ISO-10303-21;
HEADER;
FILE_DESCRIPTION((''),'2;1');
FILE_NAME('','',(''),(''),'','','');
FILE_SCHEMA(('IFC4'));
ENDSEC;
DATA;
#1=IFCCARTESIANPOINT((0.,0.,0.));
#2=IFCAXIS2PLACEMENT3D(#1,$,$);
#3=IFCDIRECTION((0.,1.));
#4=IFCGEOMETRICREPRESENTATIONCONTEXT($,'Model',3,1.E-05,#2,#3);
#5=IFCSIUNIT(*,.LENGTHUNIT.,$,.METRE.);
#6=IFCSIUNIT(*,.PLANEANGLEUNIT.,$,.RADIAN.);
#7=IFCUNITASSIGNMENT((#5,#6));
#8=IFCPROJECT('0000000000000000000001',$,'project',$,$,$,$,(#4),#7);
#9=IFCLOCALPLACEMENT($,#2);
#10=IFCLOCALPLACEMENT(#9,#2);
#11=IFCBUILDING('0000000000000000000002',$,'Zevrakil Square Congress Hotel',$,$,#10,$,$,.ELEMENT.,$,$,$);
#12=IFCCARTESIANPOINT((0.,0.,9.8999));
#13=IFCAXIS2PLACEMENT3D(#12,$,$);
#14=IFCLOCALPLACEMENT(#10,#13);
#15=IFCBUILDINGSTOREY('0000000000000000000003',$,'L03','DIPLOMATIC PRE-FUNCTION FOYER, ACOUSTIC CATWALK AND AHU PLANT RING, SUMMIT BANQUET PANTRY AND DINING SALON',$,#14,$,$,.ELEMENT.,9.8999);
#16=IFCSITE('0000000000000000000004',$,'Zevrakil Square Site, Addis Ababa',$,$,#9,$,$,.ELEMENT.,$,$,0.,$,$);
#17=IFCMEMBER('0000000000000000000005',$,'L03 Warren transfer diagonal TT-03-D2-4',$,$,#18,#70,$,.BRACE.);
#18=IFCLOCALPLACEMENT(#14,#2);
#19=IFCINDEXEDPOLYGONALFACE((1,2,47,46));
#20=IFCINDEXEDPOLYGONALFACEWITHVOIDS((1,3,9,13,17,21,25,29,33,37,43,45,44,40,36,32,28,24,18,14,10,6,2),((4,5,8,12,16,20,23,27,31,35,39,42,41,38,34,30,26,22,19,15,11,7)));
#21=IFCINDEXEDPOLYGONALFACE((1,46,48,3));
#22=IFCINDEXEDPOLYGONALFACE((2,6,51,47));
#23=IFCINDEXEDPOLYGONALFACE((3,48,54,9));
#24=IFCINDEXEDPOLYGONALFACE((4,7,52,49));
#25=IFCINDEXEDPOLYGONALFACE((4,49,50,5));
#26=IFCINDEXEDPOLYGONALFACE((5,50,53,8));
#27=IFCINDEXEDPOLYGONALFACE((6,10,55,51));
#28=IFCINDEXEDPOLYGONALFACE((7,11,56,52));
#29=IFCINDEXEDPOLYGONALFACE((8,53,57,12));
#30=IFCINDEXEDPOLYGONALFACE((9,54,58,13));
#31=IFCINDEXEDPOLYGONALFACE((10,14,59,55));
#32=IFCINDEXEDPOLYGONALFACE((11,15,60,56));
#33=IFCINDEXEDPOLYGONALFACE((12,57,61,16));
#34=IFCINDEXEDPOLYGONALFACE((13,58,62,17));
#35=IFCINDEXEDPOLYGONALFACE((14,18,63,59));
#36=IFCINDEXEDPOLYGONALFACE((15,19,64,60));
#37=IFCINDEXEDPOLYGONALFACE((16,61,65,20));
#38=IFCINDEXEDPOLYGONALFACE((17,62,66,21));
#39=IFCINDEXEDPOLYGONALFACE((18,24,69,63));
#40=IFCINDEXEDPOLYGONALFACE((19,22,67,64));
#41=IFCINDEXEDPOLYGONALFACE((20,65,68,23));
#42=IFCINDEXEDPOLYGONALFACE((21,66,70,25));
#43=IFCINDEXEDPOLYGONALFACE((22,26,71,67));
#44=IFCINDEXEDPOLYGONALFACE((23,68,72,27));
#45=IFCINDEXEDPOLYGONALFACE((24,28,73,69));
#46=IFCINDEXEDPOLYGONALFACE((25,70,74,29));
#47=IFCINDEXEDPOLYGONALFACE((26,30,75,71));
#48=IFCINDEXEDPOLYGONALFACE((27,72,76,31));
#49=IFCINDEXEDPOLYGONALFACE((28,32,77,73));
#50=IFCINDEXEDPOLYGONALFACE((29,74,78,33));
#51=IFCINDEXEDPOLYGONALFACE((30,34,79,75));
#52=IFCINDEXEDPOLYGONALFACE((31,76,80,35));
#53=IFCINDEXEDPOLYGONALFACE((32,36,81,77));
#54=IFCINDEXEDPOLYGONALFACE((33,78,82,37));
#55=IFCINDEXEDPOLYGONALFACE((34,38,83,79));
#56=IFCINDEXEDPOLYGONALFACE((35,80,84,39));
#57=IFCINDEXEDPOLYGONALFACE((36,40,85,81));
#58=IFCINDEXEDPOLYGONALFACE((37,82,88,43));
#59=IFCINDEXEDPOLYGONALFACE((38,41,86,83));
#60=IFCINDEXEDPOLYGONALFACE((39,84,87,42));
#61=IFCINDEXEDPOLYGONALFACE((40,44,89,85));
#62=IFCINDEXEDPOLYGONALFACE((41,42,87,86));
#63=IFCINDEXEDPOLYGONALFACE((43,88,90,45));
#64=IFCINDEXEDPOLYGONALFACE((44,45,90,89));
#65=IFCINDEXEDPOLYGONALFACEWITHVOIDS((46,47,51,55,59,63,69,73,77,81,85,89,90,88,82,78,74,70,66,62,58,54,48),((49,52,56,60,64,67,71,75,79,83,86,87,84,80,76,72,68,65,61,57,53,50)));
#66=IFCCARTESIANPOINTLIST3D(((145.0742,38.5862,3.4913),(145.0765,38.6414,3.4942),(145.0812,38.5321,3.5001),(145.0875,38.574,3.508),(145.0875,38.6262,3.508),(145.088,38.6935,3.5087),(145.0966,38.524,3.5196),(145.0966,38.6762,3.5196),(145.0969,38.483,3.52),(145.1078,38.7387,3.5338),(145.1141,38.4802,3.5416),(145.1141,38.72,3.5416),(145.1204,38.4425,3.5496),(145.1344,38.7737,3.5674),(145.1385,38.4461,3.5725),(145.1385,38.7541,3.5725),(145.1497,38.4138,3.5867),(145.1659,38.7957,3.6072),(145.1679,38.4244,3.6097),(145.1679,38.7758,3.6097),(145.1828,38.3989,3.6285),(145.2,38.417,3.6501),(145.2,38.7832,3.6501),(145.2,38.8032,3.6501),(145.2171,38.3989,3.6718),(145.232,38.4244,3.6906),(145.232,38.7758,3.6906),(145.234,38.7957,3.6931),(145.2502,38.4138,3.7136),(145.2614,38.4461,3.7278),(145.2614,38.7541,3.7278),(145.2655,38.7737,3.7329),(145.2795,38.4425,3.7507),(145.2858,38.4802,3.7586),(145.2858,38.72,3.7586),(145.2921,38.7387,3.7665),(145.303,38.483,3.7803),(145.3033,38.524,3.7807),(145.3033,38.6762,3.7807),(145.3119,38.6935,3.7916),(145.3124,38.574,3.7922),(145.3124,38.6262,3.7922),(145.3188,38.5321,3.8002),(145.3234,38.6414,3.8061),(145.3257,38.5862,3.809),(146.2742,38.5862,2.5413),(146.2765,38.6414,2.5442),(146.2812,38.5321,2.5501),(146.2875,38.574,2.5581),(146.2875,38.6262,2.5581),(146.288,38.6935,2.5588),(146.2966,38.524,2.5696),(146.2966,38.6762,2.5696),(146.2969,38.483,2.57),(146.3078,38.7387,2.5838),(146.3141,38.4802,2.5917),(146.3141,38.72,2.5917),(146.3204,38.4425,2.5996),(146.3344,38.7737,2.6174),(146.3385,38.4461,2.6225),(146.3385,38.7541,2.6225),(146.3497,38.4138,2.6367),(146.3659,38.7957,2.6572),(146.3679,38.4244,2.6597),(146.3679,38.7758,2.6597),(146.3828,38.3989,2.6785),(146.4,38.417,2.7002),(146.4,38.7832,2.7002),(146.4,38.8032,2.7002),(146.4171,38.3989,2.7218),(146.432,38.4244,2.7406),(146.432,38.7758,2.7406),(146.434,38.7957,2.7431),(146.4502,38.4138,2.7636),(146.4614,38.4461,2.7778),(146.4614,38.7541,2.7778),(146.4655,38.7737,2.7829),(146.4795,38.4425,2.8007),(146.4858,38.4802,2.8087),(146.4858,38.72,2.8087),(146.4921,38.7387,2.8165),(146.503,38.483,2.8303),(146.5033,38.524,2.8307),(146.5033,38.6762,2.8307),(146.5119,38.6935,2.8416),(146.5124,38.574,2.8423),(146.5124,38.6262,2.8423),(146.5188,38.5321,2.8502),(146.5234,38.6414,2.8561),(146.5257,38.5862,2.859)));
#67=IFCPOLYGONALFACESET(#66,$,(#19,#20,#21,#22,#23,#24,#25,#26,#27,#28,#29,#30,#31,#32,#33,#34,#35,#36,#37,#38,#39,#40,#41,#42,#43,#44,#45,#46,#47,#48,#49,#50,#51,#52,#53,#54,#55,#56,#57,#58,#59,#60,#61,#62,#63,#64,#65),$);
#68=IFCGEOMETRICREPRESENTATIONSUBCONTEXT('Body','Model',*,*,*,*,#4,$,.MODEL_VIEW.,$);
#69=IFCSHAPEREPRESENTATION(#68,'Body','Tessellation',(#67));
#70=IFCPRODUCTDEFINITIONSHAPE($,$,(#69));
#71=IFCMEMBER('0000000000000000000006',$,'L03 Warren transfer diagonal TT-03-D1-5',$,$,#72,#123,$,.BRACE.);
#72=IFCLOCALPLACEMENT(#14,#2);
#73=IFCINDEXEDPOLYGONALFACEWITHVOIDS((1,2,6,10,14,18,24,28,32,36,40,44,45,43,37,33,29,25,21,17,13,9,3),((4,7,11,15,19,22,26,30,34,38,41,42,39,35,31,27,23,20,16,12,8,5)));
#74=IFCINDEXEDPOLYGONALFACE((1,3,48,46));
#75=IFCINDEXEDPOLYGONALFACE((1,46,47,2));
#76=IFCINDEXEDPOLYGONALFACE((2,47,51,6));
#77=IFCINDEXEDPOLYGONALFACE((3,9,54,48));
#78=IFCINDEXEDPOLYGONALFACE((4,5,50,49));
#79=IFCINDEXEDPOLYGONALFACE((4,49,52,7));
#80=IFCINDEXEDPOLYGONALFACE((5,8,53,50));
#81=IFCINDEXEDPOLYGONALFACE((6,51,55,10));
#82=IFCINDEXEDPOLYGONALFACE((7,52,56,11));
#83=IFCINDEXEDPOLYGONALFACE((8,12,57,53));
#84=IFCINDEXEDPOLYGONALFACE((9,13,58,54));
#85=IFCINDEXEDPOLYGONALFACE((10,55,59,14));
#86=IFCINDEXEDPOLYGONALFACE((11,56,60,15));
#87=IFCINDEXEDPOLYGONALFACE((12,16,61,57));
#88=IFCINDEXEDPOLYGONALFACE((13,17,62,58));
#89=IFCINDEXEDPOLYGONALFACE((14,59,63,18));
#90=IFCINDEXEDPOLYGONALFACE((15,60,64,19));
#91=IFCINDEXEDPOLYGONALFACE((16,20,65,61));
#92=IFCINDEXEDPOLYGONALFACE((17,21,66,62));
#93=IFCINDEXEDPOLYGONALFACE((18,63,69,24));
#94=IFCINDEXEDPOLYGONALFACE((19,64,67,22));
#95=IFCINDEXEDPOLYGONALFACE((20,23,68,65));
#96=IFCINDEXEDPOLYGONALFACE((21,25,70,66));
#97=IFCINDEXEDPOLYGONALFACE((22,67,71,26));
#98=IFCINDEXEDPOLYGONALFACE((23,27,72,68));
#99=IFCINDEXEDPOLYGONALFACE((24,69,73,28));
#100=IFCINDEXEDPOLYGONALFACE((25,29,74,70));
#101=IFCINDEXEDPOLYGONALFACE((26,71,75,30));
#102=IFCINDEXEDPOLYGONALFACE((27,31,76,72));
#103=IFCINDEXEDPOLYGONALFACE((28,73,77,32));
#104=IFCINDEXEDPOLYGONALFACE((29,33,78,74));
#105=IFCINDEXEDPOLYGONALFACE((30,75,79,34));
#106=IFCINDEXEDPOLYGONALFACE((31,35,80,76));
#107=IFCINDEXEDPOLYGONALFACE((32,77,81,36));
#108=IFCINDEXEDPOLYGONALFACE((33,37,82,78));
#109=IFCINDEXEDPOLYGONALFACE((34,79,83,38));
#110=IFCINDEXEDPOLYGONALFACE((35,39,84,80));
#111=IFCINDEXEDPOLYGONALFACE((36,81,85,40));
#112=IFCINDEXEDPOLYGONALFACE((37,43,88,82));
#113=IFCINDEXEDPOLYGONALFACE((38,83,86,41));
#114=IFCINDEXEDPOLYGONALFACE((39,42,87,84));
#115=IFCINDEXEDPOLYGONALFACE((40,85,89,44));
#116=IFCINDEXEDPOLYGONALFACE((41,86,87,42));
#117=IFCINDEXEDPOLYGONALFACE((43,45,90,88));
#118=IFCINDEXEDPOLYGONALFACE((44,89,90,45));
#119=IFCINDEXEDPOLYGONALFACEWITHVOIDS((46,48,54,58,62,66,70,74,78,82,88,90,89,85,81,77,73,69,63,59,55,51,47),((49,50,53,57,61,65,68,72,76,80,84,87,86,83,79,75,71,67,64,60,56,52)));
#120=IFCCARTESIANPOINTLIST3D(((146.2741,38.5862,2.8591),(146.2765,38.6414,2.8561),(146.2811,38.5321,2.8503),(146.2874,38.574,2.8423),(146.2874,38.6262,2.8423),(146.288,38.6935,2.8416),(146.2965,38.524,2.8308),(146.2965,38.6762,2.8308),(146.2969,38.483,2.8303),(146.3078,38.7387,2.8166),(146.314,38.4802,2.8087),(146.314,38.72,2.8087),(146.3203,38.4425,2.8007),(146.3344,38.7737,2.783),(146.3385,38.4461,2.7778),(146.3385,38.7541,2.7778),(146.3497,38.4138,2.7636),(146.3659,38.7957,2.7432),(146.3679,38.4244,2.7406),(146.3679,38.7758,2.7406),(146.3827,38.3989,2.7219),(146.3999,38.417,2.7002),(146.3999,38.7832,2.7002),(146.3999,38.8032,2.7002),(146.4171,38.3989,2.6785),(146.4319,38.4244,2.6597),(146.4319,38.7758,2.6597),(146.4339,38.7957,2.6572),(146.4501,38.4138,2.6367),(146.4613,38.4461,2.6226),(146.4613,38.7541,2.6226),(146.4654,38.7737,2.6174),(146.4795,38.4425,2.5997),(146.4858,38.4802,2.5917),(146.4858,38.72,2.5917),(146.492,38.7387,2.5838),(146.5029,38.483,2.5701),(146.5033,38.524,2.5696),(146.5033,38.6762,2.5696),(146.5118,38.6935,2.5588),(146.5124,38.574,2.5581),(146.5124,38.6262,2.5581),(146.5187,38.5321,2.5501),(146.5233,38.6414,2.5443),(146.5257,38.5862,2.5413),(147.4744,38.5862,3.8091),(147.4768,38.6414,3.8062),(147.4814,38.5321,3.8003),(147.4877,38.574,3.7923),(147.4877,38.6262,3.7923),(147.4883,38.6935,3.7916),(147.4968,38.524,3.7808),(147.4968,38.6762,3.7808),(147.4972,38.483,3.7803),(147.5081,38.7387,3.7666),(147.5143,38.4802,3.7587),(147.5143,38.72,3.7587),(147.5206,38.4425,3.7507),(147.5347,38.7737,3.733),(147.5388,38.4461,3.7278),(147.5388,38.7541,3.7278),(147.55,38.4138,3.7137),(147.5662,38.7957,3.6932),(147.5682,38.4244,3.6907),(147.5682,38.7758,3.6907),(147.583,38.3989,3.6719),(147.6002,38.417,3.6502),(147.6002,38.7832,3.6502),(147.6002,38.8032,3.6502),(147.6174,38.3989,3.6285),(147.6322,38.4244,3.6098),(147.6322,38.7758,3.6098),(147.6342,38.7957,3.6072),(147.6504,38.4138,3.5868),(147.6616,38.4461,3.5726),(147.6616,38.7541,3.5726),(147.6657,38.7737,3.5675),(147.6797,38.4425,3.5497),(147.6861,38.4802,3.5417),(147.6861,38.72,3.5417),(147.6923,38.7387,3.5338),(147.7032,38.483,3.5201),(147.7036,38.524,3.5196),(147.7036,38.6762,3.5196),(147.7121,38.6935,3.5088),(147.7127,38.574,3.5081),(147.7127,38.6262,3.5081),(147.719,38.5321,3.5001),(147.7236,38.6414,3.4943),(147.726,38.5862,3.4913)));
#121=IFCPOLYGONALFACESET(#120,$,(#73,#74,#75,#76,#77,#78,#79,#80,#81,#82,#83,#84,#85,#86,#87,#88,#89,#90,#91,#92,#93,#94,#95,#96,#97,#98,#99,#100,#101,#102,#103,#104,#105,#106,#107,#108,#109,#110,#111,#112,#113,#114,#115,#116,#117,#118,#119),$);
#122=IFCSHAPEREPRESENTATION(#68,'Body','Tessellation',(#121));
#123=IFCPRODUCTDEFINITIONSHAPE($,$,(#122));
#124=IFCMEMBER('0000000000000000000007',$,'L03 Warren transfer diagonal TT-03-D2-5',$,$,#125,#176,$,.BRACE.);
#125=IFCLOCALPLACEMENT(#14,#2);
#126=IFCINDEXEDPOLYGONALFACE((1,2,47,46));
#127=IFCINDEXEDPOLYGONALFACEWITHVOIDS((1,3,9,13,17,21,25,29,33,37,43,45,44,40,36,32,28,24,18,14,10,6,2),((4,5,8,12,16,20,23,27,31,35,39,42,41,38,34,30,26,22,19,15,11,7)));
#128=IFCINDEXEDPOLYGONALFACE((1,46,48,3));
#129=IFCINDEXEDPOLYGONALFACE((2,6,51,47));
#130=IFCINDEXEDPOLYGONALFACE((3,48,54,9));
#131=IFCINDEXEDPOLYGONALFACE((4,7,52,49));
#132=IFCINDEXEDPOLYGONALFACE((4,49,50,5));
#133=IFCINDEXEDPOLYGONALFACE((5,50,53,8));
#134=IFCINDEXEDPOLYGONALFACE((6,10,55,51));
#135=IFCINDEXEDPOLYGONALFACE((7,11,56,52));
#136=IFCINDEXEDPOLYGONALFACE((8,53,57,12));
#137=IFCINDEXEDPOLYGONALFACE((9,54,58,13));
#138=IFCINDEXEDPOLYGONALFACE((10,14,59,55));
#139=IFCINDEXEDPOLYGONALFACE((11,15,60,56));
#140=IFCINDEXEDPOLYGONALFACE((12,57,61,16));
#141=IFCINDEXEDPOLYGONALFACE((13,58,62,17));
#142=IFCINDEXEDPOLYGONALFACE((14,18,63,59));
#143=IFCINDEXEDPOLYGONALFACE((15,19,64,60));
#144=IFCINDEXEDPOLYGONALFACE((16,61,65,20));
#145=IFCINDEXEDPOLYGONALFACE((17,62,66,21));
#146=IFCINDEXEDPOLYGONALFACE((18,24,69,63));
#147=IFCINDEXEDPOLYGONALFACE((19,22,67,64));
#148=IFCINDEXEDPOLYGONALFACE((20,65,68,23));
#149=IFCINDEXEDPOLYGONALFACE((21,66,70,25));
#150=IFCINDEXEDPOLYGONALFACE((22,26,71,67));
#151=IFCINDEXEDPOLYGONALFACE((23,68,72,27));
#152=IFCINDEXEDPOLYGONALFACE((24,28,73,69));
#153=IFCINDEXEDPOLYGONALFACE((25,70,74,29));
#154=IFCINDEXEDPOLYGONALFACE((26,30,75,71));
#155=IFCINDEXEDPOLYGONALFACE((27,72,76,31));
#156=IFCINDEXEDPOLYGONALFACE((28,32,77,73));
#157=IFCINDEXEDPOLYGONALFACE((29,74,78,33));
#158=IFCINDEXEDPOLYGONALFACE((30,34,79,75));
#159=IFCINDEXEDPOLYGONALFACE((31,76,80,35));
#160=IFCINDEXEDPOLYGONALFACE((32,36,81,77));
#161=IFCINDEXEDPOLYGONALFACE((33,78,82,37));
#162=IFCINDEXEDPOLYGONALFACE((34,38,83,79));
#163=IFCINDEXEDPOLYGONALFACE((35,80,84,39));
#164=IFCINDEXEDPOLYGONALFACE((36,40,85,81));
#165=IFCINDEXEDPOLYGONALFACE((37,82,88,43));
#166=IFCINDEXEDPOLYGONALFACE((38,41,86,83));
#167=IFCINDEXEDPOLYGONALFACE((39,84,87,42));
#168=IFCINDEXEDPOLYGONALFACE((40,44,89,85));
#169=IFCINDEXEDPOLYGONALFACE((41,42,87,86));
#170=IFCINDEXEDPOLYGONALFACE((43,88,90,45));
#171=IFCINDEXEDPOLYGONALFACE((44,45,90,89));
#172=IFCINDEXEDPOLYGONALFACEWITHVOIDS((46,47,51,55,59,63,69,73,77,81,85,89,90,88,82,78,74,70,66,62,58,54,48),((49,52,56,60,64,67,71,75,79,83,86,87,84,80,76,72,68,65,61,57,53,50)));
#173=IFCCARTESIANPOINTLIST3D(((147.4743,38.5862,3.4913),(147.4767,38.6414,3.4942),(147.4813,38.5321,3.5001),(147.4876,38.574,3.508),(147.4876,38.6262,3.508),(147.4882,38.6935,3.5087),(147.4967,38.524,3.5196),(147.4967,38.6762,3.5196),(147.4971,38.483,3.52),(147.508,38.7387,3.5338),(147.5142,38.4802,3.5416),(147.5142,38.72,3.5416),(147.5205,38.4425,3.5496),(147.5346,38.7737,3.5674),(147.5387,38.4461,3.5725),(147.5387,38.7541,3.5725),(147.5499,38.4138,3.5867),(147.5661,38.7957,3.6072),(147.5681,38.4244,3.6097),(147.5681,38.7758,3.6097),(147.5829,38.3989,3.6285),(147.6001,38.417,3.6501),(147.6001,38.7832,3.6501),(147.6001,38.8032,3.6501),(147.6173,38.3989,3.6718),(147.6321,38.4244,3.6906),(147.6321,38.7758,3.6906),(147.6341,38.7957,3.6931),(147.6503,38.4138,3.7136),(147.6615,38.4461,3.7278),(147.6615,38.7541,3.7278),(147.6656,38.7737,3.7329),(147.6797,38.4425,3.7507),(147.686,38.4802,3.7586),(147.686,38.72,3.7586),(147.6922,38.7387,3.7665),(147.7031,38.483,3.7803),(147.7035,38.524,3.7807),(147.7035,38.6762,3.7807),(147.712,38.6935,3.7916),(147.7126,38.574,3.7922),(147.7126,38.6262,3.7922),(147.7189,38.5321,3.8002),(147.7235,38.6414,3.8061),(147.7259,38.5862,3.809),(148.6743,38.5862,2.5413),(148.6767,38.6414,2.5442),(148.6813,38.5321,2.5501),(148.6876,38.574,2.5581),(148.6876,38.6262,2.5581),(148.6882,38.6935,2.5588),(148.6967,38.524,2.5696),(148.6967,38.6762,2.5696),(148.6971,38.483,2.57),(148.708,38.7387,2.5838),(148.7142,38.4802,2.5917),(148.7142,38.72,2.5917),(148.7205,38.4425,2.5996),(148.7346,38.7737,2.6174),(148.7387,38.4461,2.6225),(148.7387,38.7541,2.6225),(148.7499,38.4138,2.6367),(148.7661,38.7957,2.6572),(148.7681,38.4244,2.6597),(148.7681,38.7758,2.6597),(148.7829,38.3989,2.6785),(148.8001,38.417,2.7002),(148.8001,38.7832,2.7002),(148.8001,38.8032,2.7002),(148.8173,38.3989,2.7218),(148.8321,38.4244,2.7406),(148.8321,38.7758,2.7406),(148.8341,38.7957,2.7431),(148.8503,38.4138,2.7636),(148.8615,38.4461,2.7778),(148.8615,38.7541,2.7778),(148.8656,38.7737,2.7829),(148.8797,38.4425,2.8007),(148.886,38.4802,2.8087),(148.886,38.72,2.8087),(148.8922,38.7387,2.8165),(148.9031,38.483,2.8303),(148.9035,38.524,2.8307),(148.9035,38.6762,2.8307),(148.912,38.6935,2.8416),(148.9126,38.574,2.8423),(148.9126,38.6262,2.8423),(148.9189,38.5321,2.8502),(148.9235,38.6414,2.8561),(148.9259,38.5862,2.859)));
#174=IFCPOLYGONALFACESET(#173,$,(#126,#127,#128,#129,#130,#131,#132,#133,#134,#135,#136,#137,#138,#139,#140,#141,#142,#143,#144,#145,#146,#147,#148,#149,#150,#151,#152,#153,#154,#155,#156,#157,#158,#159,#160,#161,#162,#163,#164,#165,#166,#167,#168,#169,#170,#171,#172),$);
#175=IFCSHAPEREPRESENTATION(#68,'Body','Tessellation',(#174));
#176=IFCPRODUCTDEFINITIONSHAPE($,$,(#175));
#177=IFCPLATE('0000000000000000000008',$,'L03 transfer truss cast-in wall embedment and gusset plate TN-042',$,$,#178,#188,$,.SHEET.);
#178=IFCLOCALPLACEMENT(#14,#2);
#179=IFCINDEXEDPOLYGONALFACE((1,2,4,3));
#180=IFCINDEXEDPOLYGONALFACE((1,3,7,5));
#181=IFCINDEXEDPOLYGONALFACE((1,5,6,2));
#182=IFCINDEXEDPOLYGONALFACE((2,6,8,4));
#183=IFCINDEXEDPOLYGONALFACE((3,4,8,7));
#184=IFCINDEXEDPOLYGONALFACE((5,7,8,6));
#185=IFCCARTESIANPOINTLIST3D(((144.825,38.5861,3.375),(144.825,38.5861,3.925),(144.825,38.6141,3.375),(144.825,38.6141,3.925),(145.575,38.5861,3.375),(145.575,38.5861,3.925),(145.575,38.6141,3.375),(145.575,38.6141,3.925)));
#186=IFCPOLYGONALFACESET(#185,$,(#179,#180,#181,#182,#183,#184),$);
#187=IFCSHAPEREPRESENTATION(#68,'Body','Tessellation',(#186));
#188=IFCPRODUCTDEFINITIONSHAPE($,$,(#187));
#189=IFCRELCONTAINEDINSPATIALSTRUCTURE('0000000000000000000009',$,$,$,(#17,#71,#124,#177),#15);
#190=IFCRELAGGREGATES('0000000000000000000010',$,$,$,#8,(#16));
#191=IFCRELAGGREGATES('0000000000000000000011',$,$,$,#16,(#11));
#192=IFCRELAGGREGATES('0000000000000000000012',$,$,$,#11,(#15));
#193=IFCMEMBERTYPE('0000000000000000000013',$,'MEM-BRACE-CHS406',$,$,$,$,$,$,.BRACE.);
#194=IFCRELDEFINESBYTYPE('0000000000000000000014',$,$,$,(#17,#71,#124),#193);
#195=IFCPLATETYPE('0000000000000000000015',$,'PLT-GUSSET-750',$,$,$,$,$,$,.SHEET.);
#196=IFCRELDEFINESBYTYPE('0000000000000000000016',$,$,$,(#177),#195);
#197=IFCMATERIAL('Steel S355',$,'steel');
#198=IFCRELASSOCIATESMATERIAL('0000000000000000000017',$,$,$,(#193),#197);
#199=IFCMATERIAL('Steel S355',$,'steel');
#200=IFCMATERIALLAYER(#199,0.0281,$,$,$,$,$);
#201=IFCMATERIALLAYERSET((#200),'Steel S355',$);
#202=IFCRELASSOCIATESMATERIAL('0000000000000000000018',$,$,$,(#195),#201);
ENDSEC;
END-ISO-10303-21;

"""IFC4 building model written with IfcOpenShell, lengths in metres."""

from ifc_helpers import new_model, si_unit, direction, frame, origin, origin_2d, place, context, subcontext, project, spatial, rectangle, hollow_circle, extrude, material, layer, layer_set, material_profile, profile_set, type_object, element, save


model = new_model("IFC4")

# Units and contexts
model_context = context("Model", 3, precision=1e-05, world=origin(), true_north=direction((0.0, 1.0)))
body_context = subcontext(model_context, "Body", "Model", "MODEL_VIEW")
ifc_project = project(units=[si_unit("LENGTHUNIT", "METRE"), si_unit("PLANEANGLEUNIT", "RADIAN")], contexts=[model_context])

# Site, building, storey
site_placement = place(None, origin())
site = spatial("IfcSite", under=ifc_project, at=site_placement, Name="Zevrakil Square Site, Addis Ababa", CompositionType="ELEMENT", RefElevation=0.0)
building_placement = place(site_placement, origin())
building = spatial("IfcBuilding", under=site, at=building_placement, Name="Zevrakil Square Congress Hotel", CompositionType="ELEMENT")
storey_placement = place(building_placement, frame((0.0, 0.0, 9.8999)))
storey = spatial("IfcBuildingStorey", under=building, at=storey_placement, Name="L03", Description="DIPLOMATIC PRE-FUNCTION FOYER, ACOUSTIC CATWALK AND AHU PLANT RING, SUMMIT BANQUET PANTRY AND DINING SALON", CompositionType="ELEMENT", Elevation=9.8999)

# Members
ifc_material_1 = material(Name="Steel S355", Category="steel")
ifc_material_profile_1 = material_profile(ifc_material_1, hollow_circle(Radius=0.2031, WallThickness=0.02, at=origin_2d()), Name="CHS 406.4x20")
ifc_profile_set_1 = profile_set([ifc_material_profile_1], Name="Steel S355")
member_type = type_object("IfcMemberType", Name="MEM-BRACE-CHS406", PredefinedType="BRACE", material=ifc_profile_set_1)
for number, where, z_axis, x_axis, name in (
    (1, (145.2, 38.6001, 3.6501), (0.784049, 0.0, -0.620699), (0.0, 1.0, 0.0), "L03 Warren transfer diagonal TT-03-D2-4"),
):
    element("IfcMember", number, at=place(storey_placement, frame(where, z_axis=z_axis, x_axis=x_axis)), inside=storey, type_object=member_type, Name=name, PredefinedType="BRACE", context=body_context, shape_type="SweptSolid", body=[
        extrude(hollow_circle(Radius=0.2031, WallThickness=0.02, at=origin_2d()), origin(), (0.0, 0.0, 1.0), 1.5305),
    ])
member_1_placement = place(storey_placement, frame((146.3999, 38.6001, 2.7002), z_axis=(0.784111, 0.0, 0.620621), x_axis=(0.0, 1.0, 0.0)))
element("IfcMember", 2, at=member_1_placement, inside=storey, type_object=member_type, Name="L03 Warren transfer diagonal TT-03-D1-5", PredefinedType="BRACE", context=body_context, shape_type="SweptSolid", body=[
    extrude(hollow_circle(Radius=0.2031, WallThickness=0.02, at=origin_2d()), origin(), (0.0, 0.0, 1.0), 1.5308),
])
member_2_placement = place(storey_placement, frame((147.6001, 38.6001, 3.6501), z_axis=(0.784049, 0.0, -0.620699), x_axis=(0.0, 1.0, 0.0)))
element("IfcMember", 3, at=member_2_placement, inside=storey, type_object=member_type, Name="L03 Warren transfer diagonal TT-03-D2-5", PredefinedType="BRACE", context=body_context, shape_type="SweptSolid", body=[
    extrude(hollow_circle(Radius=0.2031, WallThickness=0.02, at=origin_2d()), origin(), (0.0, 0.0, 1.0), 1.5305),
])

# Plate
ifc_material_2 = material(Name="Steel S355", Category="steel")
ifc_layer_1 = layer(ifc_material_2, 0.0281)
ifc_layer_set_1 = layer_set([ifc_layer_1], Name="Steel S355")
plate_type_1 = type_object("IfcPlateType", Name="PLT-GUSSET-750", PredefinedType="SHEET", material=ifc_layer_set_1)
plate_placement = place(storey_placement, frame((145.2, 38.6001, 3.375), z_axis=(0.0, 0.0, 1.0), x_axis=(1.0, 0.0, 0.0)))
element("IfcPlate", 4, at=plate_placement, inside=storey, type_object=plate_type_1, Name="L03 transfer truss cast-in wall embedment and gusset plate TN-042", PredefinedType="SHEET", context=body_context, shape_type="SweptSolid", body=[
    extrude(rectangle(XDim=0.75, YDim=0.0281, at=origin_2d()), origin(), (0.0, 0.0, 1.0), 0.55),
])

save(model, "model.ifc")
